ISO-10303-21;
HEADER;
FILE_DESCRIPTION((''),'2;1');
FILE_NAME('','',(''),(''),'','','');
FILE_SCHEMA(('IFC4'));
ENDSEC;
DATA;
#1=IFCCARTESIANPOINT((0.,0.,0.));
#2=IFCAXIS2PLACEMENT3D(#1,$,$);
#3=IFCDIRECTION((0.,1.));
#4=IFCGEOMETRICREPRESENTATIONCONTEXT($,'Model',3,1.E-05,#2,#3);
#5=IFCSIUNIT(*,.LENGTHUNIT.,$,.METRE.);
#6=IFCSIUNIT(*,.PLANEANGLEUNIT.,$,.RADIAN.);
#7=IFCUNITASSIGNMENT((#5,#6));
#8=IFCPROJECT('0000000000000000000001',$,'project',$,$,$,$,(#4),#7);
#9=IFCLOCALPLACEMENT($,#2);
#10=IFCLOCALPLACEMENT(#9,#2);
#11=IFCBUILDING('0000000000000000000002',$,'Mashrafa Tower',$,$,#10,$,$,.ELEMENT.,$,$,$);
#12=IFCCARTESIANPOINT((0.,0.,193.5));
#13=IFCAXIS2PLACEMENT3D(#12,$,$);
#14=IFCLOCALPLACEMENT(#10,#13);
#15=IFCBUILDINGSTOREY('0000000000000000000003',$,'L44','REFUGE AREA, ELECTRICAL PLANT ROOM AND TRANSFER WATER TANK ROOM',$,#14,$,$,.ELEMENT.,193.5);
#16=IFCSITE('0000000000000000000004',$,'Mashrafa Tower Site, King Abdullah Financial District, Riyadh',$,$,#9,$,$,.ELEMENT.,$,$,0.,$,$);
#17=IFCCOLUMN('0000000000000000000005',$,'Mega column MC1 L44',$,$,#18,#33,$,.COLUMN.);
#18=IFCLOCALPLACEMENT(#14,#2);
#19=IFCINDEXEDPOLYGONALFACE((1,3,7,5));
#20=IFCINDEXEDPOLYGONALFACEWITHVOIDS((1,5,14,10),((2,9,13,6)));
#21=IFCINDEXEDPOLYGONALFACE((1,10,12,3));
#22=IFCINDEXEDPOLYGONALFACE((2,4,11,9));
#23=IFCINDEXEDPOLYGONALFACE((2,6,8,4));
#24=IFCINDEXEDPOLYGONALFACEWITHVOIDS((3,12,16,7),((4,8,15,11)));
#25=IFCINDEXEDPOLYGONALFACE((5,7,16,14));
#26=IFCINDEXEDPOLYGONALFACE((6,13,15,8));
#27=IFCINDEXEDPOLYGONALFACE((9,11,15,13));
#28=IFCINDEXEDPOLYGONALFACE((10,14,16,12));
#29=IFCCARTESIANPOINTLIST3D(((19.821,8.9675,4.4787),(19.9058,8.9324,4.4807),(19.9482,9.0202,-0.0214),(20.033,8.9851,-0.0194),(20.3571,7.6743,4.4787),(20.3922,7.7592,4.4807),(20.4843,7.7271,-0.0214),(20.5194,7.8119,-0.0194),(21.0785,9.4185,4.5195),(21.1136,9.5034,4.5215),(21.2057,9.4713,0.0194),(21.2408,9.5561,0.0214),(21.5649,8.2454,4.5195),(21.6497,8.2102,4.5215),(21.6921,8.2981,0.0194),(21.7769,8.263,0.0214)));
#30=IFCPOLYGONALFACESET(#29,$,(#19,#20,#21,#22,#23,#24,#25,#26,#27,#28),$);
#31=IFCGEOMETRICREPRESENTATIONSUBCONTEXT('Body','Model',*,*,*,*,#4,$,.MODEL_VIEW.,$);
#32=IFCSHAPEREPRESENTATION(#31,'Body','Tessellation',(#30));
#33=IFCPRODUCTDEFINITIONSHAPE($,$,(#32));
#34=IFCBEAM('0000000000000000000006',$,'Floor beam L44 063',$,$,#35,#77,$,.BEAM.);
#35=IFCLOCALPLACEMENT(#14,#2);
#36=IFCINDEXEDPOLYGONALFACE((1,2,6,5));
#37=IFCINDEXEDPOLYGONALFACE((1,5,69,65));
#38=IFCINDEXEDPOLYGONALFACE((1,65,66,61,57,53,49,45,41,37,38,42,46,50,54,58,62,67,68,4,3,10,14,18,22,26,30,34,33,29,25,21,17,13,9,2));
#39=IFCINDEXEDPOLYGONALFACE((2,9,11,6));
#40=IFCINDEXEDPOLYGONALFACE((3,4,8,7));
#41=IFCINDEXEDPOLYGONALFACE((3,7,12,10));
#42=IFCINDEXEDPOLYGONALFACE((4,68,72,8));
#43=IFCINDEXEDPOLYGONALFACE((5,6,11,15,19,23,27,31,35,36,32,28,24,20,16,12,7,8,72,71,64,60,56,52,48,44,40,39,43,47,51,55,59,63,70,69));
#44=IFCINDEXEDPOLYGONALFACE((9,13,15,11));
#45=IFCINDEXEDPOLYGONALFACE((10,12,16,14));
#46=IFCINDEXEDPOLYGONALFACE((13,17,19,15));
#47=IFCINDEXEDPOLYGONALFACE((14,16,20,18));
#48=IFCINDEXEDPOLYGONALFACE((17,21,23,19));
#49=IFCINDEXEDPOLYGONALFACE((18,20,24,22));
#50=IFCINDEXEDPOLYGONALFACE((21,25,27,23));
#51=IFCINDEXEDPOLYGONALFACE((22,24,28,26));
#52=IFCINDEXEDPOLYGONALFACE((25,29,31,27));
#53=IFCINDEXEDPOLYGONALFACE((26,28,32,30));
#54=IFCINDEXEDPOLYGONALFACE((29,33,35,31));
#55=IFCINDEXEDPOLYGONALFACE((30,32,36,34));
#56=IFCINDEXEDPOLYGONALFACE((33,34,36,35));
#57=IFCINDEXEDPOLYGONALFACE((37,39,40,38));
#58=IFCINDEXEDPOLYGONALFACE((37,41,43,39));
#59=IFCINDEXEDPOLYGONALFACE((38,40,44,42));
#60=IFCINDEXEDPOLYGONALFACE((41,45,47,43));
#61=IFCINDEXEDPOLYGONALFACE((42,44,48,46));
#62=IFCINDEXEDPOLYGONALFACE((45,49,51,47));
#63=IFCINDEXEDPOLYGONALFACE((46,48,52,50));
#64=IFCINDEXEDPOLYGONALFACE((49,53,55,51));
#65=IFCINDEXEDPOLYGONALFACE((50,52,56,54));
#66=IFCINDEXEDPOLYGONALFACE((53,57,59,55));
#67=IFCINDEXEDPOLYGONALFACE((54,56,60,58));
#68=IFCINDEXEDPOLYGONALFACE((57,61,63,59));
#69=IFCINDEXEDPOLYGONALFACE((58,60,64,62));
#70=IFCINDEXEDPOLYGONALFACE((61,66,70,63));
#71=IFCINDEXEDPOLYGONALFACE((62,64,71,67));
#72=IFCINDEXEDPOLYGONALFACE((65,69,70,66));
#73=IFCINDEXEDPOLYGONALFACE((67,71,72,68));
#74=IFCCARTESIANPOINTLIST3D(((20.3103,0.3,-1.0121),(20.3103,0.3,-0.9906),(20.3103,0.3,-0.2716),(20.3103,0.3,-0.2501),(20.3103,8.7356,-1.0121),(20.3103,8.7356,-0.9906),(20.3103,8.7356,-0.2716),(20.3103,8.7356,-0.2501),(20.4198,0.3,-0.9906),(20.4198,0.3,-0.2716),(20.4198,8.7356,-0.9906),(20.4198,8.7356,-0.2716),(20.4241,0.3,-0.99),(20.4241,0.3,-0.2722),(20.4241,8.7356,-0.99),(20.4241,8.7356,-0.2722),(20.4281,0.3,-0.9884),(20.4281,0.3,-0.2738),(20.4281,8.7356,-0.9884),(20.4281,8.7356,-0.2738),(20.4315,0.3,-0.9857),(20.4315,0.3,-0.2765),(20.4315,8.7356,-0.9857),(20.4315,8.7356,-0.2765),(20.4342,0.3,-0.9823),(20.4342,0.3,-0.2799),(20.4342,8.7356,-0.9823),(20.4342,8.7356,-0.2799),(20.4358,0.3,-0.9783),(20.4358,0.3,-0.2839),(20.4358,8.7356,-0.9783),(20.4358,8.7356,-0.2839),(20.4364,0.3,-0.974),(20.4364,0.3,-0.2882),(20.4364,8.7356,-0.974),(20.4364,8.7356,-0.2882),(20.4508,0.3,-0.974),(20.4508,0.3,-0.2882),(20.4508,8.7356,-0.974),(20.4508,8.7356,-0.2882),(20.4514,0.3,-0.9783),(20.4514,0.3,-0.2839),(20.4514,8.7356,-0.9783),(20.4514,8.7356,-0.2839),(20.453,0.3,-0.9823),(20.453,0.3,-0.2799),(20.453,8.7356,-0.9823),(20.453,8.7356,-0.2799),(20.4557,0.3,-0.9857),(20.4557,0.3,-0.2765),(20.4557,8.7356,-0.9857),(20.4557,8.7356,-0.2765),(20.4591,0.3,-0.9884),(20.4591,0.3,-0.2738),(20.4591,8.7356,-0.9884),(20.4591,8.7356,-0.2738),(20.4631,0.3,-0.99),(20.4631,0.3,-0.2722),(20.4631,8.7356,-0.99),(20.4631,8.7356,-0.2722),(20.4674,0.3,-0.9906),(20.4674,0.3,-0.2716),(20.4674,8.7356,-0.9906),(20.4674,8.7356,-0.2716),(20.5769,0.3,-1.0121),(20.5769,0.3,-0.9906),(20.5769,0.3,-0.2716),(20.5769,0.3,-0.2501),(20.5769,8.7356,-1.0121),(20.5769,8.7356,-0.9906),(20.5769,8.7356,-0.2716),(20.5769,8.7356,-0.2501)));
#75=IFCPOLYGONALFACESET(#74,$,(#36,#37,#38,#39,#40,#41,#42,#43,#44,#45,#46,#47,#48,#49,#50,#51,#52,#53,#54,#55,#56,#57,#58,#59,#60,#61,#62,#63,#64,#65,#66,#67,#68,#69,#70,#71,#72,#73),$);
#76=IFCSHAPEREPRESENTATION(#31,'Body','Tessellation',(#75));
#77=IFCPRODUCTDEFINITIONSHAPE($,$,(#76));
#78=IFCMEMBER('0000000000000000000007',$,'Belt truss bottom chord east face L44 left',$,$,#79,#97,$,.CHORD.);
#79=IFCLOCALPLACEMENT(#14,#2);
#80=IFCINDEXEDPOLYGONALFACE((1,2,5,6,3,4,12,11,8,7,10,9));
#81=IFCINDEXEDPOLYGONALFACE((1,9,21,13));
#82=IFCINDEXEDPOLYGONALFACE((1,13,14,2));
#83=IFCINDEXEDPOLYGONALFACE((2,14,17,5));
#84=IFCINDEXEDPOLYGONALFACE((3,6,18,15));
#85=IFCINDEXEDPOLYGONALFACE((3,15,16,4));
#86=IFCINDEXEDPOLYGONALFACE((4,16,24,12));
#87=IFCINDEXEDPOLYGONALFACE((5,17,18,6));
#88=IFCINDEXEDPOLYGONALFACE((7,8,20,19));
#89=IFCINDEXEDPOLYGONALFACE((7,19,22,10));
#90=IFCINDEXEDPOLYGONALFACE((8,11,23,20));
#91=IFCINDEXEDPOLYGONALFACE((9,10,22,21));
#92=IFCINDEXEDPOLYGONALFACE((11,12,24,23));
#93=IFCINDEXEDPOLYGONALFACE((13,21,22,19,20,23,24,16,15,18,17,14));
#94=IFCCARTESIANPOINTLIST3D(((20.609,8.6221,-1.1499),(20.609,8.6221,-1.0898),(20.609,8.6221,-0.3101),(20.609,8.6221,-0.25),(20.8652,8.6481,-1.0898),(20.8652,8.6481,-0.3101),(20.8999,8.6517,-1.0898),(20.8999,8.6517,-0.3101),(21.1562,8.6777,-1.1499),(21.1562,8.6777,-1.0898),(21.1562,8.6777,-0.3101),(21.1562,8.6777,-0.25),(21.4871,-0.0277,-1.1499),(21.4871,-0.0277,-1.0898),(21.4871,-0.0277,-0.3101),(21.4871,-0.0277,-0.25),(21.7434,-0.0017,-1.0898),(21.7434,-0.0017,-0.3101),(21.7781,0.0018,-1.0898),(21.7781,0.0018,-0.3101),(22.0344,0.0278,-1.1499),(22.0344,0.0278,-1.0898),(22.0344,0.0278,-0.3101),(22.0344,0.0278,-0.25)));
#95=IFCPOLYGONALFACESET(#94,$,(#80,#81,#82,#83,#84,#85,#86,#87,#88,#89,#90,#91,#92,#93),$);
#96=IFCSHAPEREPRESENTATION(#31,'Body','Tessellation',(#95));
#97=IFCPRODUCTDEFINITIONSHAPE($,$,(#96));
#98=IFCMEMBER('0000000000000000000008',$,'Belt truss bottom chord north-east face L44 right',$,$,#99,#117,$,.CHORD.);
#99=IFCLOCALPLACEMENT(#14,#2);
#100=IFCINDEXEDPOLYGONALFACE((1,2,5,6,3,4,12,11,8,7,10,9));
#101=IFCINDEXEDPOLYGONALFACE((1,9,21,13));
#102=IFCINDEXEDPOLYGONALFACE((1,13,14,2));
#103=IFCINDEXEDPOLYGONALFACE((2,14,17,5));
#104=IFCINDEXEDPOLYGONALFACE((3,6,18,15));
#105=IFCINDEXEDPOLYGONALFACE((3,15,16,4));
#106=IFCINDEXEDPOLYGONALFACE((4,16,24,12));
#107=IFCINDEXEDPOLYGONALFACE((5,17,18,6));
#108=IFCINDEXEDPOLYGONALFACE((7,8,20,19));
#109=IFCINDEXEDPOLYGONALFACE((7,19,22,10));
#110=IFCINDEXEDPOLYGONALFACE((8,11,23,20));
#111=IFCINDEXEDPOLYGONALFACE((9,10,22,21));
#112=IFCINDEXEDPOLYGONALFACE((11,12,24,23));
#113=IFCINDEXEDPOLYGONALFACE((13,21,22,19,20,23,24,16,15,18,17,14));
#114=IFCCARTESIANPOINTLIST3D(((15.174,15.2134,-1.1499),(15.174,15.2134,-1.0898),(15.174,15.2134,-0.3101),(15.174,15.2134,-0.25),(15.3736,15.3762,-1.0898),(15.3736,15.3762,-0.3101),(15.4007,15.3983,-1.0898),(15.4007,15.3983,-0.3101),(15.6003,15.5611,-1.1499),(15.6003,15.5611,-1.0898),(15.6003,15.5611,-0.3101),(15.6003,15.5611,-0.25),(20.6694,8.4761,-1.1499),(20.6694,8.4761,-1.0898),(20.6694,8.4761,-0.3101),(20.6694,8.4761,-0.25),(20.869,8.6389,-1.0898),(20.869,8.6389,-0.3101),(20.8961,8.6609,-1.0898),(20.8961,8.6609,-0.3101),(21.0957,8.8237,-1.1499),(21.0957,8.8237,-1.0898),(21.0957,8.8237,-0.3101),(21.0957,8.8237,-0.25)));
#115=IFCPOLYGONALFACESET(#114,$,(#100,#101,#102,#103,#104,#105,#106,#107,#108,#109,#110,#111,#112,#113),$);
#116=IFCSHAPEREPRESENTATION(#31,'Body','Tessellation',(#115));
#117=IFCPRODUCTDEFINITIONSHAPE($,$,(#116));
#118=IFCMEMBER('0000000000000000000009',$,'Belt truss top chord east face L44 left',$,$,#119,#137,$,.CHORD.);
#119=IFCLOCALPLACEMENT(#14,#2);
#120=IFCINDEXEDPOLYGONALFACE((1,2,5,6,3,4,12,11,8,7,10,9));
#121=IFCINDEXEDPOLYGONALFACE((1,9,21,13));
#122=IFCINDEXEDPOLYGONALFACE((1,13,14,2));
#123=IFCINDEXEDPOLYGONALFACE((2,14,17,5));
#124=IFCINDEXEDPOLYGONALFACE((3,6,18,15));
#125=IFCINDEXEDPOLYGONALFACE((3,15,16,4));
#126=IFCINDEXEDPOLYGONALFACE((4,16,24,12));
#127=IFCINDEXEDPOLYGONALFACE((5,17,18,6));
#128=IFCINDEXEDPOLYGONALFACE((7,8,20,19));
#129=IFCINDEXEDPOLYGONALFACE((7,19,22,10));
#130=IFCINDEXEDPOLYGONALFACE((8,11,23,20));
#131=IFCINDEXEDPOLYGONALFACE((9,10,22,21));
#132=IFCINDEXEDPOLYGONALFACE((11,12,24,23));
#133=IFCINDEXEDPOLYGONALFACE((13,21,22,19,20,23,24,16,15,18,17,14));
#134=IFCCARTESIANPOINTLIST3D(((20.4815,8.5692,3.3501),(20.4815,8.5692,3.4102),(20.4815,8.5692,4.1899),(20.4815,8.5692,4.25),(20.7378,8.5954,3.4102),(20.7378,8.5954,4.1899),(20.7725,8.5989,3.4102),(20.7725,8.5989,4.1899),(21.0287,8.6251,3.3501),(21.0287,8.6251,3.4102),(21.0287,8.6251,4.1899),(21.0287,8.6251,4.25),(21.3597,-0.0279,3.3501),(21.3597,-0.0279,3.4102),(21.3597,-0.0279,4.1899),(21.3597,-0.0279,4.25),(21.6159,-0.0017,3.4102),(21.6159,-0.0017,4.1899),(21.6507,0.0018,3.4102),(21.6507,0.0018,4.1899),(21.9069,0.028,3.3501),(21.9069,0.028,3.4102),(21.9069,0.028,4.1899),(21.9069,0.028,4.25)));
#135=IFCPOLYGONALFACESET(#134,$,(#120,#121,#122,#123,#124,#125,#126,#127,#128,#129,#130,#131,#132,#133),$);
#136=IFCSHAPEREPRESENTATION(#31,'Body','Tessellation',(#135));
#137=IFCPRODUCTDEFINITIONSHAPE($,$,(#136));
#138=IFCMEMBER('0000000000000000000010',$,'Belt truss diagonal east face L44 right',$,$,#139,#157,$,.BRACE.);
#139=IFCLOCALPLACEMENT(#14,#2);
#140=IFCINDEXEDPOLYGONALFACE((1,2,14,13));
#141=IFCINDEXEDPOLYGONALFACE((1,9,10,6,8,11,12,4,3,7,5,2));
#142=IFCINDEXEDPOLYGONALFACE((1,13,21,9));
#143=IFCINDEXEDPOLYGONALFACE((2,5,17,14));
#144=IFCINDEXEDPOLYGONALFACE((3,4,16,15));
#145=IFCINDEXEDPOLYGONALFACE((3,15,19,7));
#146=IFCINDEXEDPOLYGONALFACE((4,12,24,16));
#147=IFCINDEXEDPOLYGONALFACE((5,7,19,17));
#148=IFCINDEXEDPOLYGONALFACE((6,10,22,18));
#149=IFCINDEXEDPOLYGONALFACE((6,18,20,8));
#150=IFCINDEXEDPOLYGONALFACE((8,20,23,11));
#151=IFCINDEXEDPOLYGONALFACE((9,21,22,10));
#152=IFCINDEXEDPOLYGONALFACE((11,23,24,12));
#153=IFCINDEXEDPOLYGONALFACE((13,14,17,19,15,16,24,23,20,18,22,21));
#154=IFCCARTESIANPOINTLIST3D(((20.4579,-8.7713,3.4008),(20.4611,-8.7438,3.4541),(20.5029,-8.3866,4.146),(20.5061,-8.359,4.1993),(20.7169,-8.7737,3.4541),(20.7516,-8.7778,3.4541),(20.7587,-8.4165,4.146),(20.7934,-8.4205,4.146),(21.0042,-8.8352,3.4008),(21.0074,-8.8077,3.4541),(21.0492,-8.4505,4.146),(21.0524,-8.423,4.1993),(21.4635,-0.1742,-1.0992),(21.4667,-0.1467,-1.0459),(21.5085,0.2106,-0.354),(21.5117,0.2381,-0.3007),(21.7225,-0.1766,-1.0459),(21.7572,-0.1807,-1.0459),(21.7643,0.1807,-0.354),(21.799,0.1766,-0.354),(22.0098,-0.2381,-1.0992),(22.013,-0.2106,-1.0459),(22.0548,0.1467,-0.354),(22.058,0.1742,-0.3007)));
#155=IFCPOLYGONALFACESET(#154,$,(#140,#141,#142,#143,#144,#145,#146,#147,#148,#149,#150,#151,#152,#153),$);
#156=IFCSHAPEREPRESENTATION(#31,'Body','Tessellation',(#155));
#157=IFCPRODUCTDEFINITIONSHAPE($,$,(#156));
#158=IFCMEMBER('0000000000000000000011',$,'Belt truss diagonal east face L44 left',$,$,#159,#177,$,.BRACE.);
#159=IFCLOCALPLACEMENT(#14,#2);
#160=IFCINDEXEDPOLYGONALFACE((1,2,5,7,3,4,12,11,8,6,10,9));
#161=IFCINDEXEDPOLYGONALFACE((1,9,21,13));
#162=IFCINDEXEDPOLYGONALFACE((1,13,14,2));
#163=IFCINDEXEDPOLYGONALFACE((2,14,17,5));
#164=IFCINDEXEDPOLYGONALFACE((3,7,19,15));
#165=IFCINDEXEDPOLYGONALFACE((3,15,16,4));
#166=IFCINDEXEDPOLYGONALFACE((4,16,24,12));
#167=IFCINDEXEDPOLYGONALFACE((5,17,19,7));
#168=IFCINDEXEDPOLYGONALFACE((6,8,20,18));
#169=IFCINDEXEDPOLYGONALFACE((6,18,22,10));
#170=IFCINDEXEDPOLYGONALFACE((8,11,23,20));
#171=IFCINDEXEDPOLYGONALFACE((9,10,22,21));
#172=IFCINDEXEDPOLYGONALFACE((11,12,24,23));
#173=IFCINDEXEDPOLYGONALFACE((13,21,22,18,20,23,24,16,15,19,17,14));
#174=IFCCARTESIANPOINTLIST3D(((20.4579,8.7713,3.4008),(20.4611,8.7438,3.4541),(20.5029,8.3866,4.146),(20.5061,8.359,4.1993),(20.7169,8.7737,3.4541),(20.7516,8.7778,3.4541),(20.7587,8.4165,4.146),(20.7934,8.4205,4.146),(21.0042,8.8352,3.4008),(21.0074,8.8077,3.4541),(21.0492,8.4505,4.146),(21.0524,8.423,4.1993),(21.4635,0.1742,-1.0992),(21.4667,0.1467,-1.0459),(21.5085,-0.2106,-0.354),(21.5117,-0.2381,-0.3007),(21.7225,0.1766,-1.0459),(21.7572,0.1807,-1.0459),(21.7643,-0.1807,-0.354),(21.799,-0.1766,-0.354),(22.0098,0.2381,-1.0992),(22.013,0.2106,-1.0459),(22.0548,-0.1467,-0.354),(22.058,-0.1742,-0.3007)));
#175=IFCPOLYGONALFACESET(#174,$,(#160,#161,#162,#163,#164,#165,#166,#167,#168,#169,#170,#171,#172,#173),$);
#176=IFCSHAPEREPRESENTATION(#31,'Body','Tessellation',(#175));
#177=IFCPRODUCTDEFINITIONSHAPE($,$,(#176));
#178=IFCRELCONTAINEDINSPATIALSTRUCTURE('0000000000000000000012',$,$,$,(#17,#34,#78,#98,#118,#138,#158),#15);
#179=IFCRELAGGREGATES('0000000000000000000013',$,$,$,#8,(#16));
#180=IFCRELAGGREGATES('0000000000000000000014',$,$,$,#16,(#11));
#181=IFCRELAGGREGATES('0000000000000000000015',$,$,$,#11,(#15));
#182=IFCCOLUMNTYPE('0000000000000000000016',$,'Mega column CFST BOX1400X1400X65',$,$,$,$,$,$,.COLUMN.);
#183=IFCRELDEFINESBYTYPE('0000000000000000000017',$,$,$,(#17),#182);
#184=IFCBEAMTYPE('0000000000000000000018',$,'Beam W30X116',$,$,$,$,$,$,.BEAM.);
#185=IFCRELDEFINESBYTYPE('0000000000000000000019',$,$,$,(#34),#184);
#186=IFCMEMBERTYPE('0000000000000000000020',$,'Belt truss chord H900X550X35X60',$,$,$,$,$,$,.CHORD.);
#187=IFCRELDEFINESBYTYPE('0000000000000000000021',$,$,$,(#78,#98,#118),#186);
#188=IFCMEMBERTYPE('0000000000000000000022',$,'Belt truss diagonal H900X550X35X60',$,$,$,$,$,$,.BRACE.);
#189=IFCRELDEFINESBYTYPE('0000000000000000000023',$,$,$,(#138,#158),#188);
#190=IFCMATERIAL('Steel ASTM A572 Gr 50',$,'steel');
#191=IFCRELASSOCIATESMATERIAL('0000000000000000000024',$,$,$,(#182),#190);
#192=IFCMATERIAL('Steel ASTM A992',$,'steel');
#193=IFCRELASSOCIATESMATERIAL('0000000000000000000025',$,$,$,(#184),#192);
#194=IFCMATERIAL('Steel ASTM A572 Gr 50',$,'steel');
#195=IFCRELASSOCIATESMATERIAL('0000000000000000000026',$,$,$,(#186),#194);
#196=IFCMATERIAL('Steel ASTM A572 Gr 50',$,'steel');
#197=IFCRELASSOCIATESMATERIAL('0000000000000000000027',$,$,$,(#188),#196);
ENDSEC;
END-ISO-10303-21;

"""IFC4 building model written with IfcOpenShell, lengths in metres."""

from ifc_helpers import new_model, si_unit, direction, frame, origin, origin_2d, place, context, subcontext, project, spatial, hollow_rectangle, i_section, extrude, source, transform, mapped, material, material_profile, profile_set, type_object, type_shapes, element, save


model = new_model("IFC4")

# Units and contexts
model_context = context("Model", 3, precision=1e-05, world=origin(), true_north=direction((0.0, 1.0)))
body_context = subcontext(model_context, "Body", "Model", "MODEL_VIEW")
ifc_project = project(units=[si_unit("LENGTHUNIT", "METRE"), si_unit("PLANEANGLEUNIT", "RADIAN")], contexts=[model_context])

# Site, building, storey
site_placement = place(None, origin())
site = spatial("IfcSite", under=ifc_project, at=site_placement, Name="Mashrafa Tower Site, King Abdullah Financial District, Riyadh", CompositionType="ELEMENT", RefElevation=0.0)
building_placement = place(site_placement, origin())
building = spatial("IfcBuilding", under=site, at=building_placement, Name="Mashrafa Tower", CompositionType="ELEMENT")
storey_placement = place(building_placement, frame((0.0, 0.0, 193.5)))
storey = spatial("IfcBuildingStorey", under=building, at=storey_placement, Name="L44", Description="REFUGE AREA, ELECTRICAL PLANT ROOM AND TRANSFER WATER TANK ROOM", CompositionType="ELEMENT", Elevation=193.5)

# Column
ifc_material_1 = material(Name="Steel ASTM A572 Gr 50", Category="steel")
ifc_material_profile_1 = material_profile(ifc_material_1, hollow_rectangle(XDim=1.3999, YDim=1.3999, WallThickness=0.0649, at=origin_2d()), Name="BOX1400X1400X65")
ifc_profile_set_1 = profile_set([ifc_material_profile_1], Name="Steel ASTM A572 Gr 50")
column_type = type_object("IfcColumnType", Name="Mega column CFST BOX1400X1400X65", PredefinedType="COLUMN", material=ifc_profile_set_1)
column_placement = place(storey_placement, frame((20.8625, 8.6416, 0.0), z_axis=(-0.028253, -0.011713, 0.999532), x_axis=(0.382978, -0.923757, 0.0)))
element("IfcColumn", 1, at=column_placement, inside=storey, type_object=column_type, Name="Mega column MC1 L44", PredefinedType="COLUMN", context=body_context, shape_type="SweptSolid", body=[
    extrude(hollow_rectangle(XDim=1.3999, YDim=1.3999, WallThickness=0.0649, at=origin_2d()), origin(), (0.0, 0.0, 1.0), 4.5022),
])

# Beam
ifc_material_2 = material(Name="Steel ASTM A992", Category="steel")
ifc_material_profile_2 = material_profile(ifc_material_2, i_section(OverallWidth=0.2666, OverallDepth=0.762, WebThickness=0.0144, FlangeThickness=0.0215, FilletRadius=0.0166, at=origin_2d()), Name="W30X116")
ifc_profile_set_2 = profile_set([ifc_material_profile_2], Name="Steel ASTM A992")
beam_type = type_object("IfcBeamType", Name="Beam W30X116", PredefinedType="BEAM", material=ifc_profile_set_2)
beam_placement = place(storey_placement, frame((20.4436, 8.7356, -0.6311), z_axis=(0.0, -1.0, 0.0), x_axis=(1.0, 0.0, 0.0)))
element("IfcBeam", 2, at=beam_placement, inside=storey, type_object=beam_type, Name="Floor beam L44 063", PredefinedType="BEAM", context=body_context, shape_type="SweptSolid", body=[
    extrude(i_section(OverallWidth=0.2666, OverallDepth=0.762, WebThickness=0.0144, FlangeThickness=0.0215, FilletRadius=0.0166, at=origin_2d()), origin(), (0.0, 0.0, 1.0), 8.4355),
])

# Members
ifc_material_3 = material(Name="Steel ASTM A572 Gr 50", Category="steel")
ifc_material_profile_3 = material_profile(ifc_material_3, i_section(OverallWidth=0.55, OverallDepth=0.8999, WebThickness=0.0349, FlangeThickness=0.0601, at=origin_2d()), Name="H900X550X35X60")
ifc_profile_set_3 = profile_set([ifc_material_profile_3], Name="Steel ASTM A572 Gr 50")
member_type_1 = type_object("IfcMemberType", Name="Belt truss chord H900X550X35X60", PredefinedType="CHORD", material=ifc_profile_set_3)
shared_shape_1 = source(origin(), body_context, "Body", "SweptSolid", [
    extrude(i_section(OverallWidth=0.55, OverallDepth=0.8999, WebThickness=0.0349, FlangeThickness=0.0601, at=origin_2d()), origin(), (0.0, 0.0, 1.0), 8.6943),
])
for number, where, z_axis, x_axis, name in (
    (3, (20.8826, 8.6499, -0.7), (0.101005, -0.994886, 0.0), (0.994886, 0.101005, 0.0), "Belt truss bottom chord east face L44 left"),
    (4, (20.8826, 8.6499, -0.7), (-0.632067, 0.774914, 0.0), (-0.774914, -0.632067, 0.0), "Belt truss bottom chord north-east face L44 right"),
):
    element("IfcMember", number, at=place(storey_placement, frame(where, z_axis=z_axis, x_axis=x_axis)), inside=storey, type_object=member_type_1, Name=name, PredefinedType="CHORD", context=body_context, shape_type="MappedRepresentation", body=[
        mapped(shared_shape_1, transform((0.0, 0.0, 0.0))),
    ])
shared_shape_2 = source(origin(), body_context, "Body", "SweptSolid", [
    extrude(i_section(OverallWidth=0.55, OverallDepth=0.8999, WebThickness=0.0349, FlangeThickness=0.0601, at=origin_2d()), origin(), (0.0, 0.0, 1.0), 8.6418),
])
member_1_placement = place(storey_placement, frame((20.7551, 8.5972, 3.8), z_axis=(0.101618, -0.994823, 0.0), x_axis=(0.994823, 0.101618, 0.0)))
element("IfcMember", 5, at=member_1_placement, inside=storey, type_object=member_type_1, Name="Belt truss top chord east face L44 left", PredefinedType="CHORD", context=body_context, shape_type="MappedRepresentation", body=[
    mapped(shared_shape_2, transform((0.0, 0.0, 0.0))),
])
ifc_material_4 = material(Name="Steel ASTM A572 Gr 50", Category="steel")
ifc_material_profile_4 = material_profile(ifc_material_4, i_section(OverallWidth=0.55, OverallDepth=0.8999, WebThickness=0.0349, FlangeThickness=0.0601, at=origin_2d()), Name="H900X550X35X60")
ifc_profile_set_4 = profile_set([ifc_material_profile_4], Name="Steel ASTM A572 Gr 50")
member_type_2 = type_object("IfcMemberType", Name="Belt truss diagonal H900X550X35X60", PredefinedType="BRACE", material=ifc_profile_set_4)
shared_shape_3 = source(origin(), body_context, "Body", "SweptSolid", [
    extrude(i_section(OverallWidth=0.55, OverallDepth=0.8999, WebThickness=0.0349, FlangeThickness=0.0601, at=origin_2d()), origin(), (0.0, 0.0, 1.0), 9.7556),
])
type_shapes(member_type_2, [shared_shape_3])
for number, where, z_axis, x_axis, name in (
    (6, (21.7607, 0.0, -0.7), (-0.10308, -0.881251, 0.461272), (0.993228, -0.116178, 0.0), "Belt truss diagonal east face L44 right"),
    (7, (21.7607, 0.0, -0.7), (-0.10308, 0.881251, 0.461272), (-0.993228, -0.116178, 0.0), "Belt truss diagonal east face L44 left"),
):
    element("IfcMember", number, at=place(storey_placement, frame(where, z_axis=z_axis, x_axis=x_axis)), inside=storey, type_object=member_type_2, Name=name, PredefinedType="BRACE", context=body_context, shape_type="MappedRepresentation", body=[
        mapped(shared_shape_3, transform((0.0, 0.0, 0.0))),
    ])

save(model, "model.ifc")
